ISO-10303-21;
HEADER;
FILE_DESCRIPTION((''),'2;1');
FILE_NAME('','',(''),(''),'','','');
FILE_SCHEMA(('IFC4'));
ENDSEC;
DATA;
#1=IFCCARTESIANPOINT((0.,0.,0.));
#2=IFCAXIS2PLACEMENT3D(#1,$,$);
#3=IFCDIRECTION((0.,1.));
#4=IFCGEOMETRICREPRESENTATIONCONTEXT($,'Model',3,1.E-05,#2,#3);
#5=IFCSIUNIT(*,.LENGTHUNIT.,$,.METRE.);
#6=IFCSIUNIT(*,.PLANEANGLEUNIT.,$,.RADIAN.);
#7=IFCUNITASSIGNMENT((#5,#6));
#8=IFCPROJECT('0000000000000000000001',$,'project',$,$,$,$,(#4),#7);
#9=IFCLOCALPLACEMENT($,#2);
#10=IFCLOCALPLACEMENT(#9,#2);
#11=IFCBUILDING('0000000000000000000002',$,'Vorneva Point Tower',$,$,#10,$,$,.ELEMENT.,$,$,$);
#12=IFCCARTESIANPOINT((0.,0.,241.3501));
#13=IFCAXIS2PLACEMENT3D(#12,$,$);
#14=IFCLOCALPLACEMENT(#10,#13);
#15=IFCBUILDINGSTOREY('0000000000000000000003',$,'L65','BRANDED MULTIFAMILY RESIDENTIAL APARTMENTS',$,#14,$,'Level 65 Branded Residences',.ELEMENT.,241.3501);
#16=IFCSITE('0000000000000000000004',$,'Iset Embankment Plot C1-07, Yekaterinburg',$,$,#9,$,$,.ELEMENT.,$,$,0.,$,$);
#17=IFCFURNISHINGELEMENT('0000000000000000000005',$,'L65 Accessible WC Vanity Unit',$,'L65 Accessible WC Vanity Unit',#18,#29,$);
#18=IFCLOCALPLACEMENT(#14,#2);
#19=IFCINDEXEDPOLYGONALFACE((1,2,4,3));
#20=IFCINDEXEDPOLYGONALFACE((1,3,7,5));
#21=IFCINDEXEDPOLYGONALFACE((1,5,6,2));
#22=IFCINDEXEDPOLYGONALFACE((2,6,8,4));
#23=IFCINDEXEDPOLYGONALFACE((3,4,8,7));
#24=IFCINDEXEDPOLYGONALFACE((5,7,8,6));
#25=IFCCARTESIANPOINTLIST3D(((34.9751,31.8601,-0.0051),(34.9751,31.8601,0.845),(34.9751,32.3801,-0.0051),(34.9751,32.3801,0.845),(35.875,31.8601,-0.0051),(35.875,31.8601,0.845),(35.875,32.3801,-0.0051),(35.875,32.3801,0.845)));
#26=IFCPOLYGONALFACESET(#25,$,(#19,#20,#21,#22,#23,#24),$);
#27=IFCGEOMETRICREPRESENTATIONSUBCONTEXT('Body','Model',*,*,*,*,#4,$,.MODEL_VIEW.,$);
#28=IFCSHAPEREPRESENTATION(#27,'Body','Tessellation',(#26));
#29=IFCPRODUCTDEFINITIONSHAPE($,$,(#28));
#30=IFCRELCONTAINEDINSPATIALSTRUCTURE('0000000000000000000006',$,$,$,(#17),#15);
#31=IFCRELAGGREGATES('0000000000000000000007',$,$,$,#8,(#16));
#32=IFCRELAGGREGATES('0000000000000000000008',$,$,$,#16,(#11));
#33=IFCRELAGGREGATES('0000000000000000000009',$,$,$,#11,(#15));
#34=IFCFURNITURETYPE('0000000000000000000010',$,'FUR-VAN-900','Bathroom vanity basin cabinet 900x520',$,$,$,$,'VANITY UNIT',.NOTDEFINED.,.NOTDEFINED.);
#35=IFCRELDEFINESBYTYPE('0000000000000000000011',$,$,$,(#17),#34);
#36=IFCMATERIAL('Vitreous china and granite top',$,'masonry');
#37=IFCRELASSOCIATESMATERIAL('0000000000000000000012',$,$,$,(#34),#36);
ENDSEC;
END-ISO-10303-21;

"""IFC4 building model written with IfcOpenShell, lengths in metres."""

from ifc_helpers import new_model, si_unit, direction, frame, origin, origin_2d, place, context, subcontext, project, spatial, rectangle, extrude, material, type_object, element, save


model = new_model("IFC4")

# Units and contexts
model_context = context("Model", 3, precision=1e-05, world=origin(), true_north=direction((0.0, 1.0)))
body_context = subcontext(model_context, "Body", "Model", "MODEL_VIEW")
ifc_project = project(units=[si_unit("LENGTHUNIT", "METRE"), si_unit("PLANEANGLEUNIT", "RADIAN")], contexts=[model_context])

# Site, building, storey
site_placement = place(None, origin())
site = spatial("IfcSite", under=ifc_project, at=site_placement, Name="Iset Embankment Plot C1-07, Yekaterinburg", CompositionType="ELEMENT", RefElevation=0.0)
building_placement = place(site_placement, origin())
building = spatial("IfcBuilding", under=site, at=building_placement, Name="Vorneva Point Tower", CompositionType="ELEMENT")
storey_placement = place(building_placement, frame((0.0, 0.0, 241.3501)))
storey = spatial("IfcBuildingStorey", under=building, at=storey_placement, Name="L65", Description="BRANDED MULTIFAMILY RESIDENTIAL APARTMENTS", LongName="Level 65 Branded Residences", CompositionType="ELEMENT", Elevation=241.3501)

# Furnishing element
ifc_material_1 = material(Name="Vitreous china and granite top", Category="masonry")
furniture_type = type_object("IfcFurnitureType", Name="FUR-VAN-900", Description="Bathroom vanity basin cabinet 900x520", ElementType="VANITY UNIT", AssemblyPlace="NOTDEFINED", PredefinedType="NOTDEFINED", material=ifc_material_1)
furnishing_placement = place(storey_placement, frame((35.425, 32.1201, -0.0051), z_axis=(0.0, 0.0, 1.0), x_axis=(1.0, 0.0, 0.0)))
element("IfcFurnishingElement", 1, at=furnishing_placement, inside=storey, type_object=furniture_type, Name="L65 Accessible WC Vanity Unit", ObjectType="L65 Accessible WC Vanity Unit", context=body_context, shape_type="SweptSolid", body=[
    extrude(rectangle(XDim=0.8999, YDim=0.52, at=origin_2d()), origin(), (0.0, 0.0, 1.0), 0.8501),
])

save(model, "model.ifc")
